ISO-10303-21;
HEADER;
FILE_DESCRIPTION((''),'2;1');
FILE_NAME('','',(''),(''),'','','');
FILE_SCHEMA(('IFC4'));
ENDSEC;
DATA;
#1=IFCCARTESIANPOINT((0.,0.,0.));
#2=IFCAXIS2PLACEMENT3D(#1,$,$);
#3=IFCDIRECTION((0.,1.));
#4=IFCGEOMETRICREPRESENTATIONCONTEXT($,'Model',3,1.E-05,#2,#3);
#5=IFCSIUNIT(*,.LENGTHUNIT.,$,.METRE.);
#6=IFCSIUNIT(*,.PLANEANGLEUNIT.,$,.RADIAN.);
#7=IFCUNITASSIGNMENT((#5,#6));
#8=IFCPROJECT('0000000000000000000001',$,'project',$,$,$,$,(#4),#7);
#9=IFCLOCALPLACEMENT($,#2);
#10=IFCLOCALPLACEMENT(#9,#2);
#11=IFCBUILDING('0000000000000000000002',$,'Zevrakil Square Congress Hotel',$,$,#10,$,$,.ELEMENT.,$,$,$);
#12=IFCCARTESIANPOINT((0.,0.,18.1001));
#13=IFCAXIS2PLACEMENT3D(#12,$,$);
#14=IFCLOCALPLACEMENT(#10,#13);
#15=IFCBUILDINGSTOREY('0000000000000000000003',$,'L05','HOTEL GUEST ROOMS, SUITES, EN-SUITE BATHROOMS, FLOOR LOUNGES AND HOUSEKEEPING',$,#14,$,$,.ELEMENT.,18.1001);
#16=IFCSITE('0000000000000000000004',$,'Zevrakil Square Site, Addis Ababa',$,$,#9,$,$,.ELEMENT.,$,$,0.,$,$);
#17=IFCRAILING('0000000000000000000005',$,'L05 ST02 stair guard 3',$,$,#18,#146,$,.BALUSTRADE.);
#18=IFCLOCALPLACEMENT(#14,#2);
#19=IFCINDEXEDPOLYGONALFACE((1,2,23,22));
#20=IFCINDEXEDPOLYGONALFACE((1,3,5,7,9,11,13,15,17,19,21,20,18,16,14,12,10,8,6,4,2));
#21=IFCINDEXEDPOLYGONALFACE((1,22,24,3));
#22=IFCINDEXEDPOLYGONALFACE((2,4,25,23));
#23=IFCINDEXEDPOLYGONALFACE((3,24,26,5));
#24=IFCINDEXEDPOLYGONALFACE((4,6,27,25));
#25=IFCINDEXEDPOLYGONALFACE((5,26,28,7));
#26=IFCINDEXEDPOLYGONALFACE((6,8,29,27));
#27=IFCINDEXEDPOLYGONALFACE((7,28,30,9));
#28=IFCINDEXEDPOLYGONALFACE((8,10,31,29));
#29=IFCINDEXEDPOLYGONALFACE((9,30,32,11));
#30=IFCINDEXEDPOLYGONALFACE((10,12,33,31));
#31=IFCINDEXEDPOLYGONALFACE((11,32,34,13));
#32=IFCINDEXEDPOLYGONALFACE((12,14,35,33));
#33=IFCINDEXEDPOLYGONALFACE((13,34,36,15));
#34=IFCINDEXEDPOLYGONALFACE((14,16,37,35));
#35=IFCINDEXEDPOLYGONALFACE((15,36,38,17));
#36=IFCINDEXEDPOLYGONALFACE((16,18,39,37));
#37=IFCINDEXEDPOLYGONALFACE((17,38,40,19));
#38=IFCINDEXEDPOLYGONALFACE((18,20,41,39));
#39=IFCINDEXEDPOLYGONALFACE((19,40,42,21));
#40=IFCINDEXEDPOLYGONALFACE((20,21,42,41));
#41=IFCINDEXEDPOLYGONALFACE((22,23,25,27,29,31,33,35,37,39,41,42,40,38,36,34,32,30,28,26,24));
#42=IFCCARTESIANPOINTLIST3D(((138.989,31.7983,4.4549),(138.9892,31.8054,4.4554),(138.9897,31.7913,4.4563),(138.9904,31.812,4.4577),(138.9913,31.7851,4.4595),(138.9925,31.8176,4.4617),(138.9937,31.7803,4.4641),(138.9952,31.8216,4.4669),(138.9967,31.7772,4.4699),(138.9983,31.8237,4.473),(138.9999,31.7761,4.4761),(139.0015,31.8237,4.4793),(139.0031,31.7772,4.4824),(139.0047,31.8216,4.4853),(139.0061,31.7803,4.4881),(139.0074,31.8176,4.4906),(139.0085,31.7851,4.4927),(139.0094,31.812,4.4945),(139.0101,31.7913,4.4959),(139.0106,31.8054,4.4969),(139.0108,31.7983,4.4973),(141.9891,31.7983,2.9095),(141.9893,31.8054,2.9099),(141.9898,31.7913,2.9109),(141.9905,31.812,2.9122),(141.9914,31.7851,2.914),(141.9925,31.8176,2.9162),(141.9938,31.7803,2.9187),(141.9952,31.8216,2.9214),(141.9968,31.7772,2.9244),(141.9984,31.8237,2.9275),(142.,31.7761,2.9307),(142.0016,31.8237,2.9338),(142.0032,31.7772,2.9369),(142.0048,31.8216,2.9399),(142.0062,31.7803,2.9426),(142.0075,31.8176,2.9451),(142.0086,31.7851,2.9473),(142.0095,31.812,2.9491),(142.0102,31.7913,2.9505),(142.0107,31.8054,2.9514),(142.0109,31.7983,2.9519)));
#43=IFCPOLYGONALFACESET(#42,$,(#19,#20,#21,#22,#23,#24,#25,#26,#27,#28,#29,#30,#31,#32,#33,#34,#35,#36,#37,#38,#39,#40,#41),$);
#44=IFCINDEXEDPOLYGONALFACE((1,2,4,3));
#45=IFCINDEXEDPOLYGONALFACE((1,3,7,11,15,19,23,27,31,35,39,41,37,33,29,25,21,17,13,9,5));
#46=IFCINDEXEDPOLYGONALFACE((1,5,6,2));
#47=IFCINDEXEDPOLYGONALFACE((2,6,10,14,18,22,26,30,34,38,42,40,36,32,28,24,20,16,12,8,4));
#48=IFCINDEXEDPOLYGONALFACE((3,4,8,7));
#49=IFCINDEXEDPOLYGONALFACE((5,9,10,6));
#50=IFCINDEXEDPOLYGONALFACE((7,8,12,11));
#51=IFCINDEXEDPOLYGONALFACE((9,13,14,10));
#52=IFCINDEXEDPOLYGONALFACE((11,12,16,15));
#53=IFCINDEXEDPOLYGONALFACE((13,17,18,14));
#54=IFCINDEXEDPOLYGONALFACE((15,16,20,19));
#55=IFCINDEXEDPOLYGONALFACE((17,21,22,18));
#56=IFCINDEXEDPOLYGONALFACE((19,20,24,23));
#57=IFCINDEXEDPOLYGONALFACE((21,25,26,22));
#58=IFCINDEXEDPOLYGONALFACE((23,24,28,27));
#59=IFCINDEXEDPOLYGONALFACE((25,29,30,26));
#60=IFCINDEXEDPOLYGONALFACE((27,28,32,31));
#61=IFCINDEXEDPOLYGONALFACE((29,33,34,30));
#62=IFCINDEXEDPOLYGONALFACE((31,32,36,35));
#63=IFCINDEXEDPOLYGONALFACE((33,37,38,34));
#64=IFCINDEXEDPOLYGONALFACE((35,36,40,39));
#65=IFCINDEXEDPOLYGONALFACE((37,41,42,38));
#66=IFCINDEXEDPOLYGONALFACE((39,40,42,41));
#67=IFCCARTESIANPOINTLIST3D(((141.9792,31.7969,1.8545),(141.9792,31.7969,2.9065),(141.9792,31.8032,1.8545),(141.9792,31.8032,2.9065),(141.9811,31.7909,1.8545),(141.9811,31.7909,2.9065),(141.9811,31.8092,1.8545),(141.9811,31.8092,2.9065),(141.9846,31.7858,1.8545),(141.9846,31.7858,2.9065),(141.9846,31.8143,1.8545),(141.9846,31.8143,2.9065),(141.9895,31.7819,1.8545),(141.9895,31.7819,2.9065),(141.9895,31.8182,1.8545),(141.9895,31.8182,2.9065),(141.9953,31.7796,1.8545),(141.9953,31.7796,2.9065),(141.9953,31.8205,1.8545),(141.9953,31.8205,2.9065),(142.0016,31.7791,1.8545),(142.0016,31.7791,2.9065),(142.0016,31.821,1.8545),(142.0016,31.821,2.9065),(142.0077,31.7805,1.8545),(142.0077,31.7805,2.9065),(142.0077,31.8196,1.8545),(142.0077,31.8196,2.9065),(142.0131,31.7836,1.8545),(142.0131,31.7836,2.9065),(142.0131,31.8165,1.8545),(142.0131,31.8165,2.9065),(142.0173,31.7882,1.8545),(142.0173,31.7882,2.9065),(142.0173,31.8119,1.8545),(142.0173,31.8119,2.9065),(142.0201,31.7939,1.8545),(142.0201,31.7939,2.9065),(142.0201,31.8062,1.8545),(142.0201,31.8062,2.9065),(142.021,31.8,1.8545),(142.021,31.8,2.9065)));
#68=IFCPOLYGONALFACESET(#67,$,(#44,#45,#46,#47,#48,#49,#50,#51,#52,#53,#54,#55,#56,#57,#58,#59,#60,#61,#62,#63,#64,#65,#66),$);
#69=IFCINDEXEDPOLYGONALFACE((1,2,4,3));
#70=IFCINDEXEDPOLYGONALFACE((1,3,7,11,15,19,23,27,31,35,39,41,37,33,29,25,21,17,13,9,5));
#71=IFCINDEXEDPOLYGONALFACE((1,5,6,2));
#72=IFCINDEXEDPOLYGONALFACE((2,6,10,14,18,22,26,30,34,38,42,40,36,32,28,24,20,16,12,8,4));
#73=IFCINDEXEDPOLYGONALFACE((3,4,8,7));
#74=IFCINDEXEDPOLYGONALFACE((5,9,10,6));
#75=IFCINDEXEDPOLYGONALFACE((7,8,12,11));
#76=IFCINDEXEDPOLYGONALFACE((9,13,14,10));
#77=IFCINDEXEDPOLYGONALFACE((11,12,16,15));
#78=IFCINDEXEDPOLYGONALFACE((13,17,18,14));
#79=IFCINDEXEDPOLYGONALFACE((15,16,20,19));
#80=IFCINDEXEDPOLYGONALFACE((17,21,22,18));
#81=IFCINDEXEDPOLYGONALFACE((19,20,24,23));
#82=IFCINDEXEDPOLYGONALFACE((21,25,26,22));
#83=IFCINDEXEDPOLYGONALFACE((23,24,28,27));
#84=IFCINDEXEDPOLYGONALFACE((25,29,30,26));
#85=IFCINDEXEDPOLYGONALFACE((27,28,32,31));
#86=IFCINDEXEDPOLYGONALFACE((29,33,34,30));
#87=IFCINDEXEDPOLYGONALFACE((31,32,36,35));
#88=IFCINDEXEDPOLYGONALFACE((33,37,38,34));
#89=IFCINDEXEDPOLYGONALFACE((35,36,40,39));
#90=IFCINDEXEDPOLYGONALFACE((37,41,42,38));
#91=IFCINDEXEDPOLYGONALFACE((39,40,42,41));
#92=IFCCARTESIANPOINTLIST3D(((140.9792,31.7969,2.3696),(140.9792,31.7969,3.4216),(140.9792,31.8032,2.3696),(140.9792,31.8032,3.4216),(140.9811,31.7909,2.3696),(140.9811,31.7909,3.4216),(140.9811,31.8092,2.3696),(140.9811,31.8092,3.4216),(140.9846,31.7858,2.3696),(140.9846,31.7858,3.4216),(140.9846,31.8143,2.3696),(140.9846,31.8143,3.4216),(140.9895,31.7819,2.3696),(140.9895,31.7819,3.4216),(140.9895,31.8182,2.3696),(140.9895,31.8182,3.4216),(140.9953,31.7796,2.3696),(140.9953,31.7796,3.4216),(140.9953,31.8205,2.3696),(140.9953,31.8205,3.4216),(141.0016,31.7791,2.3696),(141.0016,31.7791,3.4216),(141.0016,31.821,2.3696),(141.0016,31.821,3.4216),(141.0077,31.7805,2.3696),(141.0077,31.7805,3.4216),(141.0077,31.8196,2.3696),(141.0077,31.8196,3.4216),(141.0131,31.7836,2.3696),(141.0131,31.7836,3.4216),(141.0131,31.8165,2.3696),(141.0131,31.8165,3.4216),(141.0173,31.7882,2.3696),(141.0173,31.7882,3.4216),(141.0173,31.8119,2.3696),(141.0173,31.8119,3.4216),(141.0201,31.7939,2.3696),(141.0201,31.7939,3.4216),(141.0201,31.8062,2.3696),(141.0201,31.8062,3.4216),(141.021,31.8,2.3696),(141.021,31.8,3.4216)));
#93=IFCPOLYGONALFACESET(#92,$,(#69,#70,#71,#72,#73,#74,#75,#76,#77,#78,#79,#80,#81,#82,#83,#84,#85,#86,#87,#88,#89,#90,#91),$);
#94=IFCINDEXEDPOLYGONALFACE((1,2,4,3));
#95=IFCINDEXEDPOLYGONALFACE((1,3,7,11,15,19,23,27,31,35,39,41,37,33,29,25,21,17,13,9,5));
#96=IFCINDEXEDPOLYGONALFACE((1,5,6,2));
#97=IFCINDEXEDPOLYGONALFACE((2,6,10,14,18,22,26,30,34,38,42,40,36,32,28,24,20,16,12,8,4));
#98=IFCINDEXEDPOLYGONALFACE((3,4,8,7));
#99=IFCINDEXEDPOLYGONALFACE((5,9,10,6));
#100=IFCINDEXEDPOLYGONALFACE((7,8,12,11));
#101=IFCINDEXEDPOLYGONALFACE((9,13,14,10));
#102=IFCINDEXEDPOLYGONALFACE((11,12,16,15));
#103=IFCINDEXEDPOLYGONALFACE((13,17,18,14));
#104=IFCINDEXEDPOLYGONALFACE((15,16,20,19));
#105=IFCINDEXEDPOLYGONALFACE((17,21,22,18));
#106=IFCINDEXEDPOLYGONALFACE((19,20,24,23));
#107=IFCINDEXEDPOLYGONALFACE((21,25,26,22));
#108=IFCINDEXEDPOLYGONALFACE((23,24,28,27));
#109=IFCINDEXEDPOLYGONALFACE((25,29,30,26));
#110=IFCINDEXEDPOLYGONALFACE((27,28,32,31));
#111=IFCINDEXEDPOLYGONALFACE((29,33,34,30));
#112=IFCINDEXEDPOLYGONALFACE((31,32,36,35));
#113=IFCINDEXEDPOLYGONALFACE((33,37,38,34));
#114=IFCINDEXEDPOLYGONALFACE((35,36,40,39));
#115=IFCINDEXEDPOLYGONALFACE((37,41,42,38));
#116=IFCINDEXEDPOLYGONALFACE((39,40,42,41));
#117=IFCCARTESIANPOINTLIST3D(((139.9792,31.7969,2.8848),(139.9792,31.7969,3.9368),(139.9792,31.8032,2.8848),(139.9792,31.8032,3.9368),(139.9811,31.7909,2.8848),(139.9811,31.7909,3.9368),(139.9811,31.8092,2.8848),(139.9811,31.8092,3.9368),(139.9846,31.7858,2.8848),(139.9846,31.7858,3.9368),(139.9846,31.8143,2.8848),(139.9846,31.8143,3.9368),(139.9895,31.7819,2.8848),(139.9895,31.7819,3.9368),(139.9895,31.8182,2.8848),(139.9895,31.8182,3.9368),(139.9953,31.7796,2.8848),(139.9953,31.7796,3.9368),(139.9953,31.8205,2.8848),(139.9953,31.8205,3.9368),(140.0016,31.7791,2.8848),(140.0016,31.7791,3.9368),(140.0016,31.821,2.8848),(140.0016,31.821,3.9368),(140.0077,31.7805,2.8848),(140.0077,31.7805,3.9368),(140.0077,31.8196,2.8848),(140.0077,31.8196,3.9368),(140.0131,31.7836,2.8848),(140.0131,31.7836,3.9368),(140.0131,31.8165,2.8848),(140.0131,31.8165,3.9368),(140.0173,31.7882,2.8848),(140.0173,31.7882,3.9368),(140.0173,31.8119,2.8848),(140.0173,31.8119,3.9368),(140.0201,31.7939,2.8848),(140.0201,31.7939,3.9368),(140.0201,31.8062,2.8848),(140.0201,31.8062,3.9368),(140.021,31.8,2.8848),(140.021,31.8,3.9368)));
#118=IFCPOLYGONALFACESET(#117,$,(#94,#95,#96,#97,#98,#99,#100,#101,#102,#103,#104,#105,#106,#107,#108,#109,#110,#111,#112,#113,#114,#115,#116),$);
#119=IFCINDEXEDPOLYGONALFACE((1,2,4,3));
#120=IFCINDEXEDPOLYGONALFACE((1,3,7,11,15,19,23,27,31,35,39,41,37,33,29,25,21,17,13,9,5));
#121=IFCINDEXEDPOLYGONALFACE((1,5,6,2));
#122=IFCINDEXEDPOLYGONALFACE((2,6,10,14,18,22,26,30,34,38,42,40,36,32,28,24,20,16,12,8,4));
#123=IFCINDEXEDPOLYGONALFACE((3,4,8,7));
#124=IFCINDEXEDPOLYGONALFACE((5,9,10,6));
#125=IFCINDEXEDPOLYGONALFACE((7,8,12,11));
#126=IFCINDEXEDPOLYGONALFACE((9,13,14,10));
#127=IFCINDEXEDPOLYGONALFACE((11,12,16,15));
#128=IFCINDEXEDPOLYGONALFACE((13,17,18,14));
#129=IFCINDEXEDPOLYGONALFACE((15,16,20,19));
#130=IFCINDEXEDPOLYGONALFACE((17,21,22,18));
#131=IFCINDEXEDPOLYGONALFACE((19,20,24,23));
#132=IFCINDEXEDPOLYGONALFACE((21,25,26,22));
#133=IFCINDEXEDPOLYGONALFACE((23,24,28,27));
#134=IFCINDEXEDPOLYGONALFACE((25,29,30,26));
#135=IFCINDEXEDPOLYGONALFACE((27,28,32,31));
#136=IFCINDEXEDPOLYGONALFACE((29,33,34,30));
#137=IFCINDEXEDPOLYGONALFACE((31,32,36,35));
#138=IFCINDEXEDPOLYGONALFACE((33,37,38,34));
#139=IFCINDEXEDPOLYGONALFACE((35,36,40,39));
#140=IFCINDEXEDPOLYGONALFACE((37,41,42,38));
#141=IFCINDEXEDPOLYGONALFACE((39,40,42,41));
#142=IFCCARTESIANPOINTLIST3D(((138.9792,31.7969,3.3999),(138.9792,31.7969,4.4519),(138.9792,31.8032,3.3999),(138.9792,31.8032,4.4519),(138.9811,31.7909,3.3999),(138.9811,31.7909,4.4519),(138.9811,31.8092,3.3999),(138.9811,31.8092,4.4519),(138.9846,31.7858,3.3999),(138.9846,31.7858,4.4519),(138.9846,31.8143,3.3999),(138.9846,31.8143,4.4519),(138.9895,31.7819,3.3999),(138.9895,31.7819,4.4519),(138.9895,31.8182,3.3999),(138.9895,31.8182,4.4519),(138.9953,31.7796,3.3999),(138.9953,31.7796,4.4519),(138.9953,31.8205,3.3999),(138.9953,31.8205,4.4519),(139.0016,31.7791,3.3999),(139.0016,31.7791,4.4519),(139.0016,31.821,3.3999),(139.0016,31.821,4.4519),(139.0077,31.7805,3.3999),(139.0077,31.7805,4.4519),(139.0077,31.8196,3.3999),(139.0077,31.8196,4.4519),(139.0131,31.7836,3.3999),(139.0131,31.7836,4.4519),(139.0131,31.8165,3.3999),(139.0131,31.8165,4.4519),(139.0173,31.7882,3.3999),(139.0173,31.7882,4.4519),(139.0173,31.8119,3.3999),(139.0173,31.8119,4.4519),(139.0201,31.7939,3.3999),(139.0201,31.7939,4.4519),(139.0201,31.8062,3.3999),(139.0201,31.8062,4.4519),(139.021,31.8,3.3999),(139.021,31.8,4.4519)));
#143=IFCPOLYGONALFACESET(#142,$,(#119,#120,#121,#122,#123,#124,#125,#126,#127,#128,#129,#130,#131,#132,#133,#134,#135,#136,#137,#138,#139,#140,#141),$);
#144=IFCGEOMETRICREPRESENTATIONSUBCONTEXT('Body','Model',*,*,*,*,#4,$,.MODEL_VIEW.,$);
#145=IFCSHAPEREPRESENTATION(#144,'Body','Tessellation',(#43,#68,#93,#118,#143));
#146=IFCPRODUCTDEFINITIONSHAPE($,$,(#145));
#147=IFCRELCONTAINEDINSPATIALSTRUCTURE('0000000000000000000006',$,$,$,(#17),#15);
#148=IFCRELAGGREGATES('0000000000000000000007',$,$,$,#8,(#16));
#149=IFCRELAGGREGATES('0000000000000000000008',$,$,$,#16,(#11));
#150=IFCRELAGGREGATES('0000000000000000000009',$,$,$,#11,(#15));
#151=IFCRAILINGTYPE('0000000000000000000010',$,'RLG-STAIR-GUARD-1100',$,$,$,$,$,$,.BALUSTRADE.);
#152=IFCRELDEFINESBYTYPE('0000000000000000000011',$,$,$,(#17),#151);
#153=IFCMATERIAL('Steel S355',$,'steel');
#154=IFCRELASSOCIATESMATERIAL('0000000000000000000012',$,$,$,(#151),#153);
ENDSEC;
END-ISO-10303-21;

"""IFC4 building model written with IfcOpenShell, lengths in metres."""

from ifc_helpers import new_model, si_unit, direction, frame, origin, origin_2d, place, context, subcontext, project, spatial, circle, extrude, material, type_object, element, save


model = new_model("IFC4")

# Units and contexts
model_context = context("Model", 3, precision=1e-05, world=origin(), true_north=direction((0.0, 1.0)))
body_context = subcontext(model_context, "Body", "Model", "MODEL_VIEW")
ifc_project = project(units=[si_unit("LENGTHUNIT", "METRE"), si_unit("PLANEANGLEUNIT", "RADIAN")], contexts=[model_context])

# Site, building, storey
site_placement = place(None, origin())
site = spatial("IfcSite", under=ifc_project, at=site_placement, Name="Zevrakil Square Site, Addis Ababa", CompositionType="ELEMENT", RefElevation=0.0)
building_placement = place(site_placement, origin())
building = spatial("IfcBuilding", under=site, at=building_placement, Name="Zevrakil Square Congress Hotel", CompositionType="ELEMENT")
storey_placement = place(building_placement, frame((0.0, 0.0, 18.1001)))
storey = spatial("IfcBuildingStorey", under=building, at=storey_placement, Name="L05", Description="HOTEL GUEST ROOMS, SUITES, EN-SUITE BATHROOMS, FLOOR LOUNGES AND HOUSEKEEPING", CompositionType="ELEMENT", Elevation=18.1001)

# Railing
ifc_material_1 = material(Name="Steel S355", Category="steel")
railing_type_1 = type_object("IfcRailingType", Name="RLG-STAIR-GUARD-1100", PredefinedType="BALUSTRADE", material=ifc_material_1)
railing_1_placement = place(storey_placement, frame((142.0, 31.8, 1.8545)))
element("IfcRailing", 1, at=railing_1_placement, inside=storey, type_object=railing_type_1, Name="L05 ST02 stair guard 3", PredefinedType="BALUSTRADE", context=body_context, shape_type="SweptSolid", body=[
    extrude(circle(Radius=0.0239, at=origin_2d()), frame((0.0, 0.0, 1.0762), z_axis=(-0.88898, 0.0, 0.457946), x_axis=(0.0, -1.0, 0.0)), (0.0, 0.0, 1.0), 3.3748),
    extrude(circle(Radius=0.021, at=origin_2d()), origin(), (0.0, 0.0, 1.0), 1.052),
    extrude(circle(Radius=0.021, at=origin_2d()), frame((-1.0, 0.0, 0.5151)), (0.0, 0.0, 1.0), 1.052),
    extrude(circle(Radius=0.021, at=origin_2d()), frame((-2.0, 0.0, 1.0303)), (0.0, 0.0, 1.0), 1.052),
    extrude(circle(Radius=0.021, at=origin_2d()), frame((-3.0, 0.0, 1.5454)), (0.0, 0.0, 1.0), 1.052),
])

save(model, "model.ifc")
